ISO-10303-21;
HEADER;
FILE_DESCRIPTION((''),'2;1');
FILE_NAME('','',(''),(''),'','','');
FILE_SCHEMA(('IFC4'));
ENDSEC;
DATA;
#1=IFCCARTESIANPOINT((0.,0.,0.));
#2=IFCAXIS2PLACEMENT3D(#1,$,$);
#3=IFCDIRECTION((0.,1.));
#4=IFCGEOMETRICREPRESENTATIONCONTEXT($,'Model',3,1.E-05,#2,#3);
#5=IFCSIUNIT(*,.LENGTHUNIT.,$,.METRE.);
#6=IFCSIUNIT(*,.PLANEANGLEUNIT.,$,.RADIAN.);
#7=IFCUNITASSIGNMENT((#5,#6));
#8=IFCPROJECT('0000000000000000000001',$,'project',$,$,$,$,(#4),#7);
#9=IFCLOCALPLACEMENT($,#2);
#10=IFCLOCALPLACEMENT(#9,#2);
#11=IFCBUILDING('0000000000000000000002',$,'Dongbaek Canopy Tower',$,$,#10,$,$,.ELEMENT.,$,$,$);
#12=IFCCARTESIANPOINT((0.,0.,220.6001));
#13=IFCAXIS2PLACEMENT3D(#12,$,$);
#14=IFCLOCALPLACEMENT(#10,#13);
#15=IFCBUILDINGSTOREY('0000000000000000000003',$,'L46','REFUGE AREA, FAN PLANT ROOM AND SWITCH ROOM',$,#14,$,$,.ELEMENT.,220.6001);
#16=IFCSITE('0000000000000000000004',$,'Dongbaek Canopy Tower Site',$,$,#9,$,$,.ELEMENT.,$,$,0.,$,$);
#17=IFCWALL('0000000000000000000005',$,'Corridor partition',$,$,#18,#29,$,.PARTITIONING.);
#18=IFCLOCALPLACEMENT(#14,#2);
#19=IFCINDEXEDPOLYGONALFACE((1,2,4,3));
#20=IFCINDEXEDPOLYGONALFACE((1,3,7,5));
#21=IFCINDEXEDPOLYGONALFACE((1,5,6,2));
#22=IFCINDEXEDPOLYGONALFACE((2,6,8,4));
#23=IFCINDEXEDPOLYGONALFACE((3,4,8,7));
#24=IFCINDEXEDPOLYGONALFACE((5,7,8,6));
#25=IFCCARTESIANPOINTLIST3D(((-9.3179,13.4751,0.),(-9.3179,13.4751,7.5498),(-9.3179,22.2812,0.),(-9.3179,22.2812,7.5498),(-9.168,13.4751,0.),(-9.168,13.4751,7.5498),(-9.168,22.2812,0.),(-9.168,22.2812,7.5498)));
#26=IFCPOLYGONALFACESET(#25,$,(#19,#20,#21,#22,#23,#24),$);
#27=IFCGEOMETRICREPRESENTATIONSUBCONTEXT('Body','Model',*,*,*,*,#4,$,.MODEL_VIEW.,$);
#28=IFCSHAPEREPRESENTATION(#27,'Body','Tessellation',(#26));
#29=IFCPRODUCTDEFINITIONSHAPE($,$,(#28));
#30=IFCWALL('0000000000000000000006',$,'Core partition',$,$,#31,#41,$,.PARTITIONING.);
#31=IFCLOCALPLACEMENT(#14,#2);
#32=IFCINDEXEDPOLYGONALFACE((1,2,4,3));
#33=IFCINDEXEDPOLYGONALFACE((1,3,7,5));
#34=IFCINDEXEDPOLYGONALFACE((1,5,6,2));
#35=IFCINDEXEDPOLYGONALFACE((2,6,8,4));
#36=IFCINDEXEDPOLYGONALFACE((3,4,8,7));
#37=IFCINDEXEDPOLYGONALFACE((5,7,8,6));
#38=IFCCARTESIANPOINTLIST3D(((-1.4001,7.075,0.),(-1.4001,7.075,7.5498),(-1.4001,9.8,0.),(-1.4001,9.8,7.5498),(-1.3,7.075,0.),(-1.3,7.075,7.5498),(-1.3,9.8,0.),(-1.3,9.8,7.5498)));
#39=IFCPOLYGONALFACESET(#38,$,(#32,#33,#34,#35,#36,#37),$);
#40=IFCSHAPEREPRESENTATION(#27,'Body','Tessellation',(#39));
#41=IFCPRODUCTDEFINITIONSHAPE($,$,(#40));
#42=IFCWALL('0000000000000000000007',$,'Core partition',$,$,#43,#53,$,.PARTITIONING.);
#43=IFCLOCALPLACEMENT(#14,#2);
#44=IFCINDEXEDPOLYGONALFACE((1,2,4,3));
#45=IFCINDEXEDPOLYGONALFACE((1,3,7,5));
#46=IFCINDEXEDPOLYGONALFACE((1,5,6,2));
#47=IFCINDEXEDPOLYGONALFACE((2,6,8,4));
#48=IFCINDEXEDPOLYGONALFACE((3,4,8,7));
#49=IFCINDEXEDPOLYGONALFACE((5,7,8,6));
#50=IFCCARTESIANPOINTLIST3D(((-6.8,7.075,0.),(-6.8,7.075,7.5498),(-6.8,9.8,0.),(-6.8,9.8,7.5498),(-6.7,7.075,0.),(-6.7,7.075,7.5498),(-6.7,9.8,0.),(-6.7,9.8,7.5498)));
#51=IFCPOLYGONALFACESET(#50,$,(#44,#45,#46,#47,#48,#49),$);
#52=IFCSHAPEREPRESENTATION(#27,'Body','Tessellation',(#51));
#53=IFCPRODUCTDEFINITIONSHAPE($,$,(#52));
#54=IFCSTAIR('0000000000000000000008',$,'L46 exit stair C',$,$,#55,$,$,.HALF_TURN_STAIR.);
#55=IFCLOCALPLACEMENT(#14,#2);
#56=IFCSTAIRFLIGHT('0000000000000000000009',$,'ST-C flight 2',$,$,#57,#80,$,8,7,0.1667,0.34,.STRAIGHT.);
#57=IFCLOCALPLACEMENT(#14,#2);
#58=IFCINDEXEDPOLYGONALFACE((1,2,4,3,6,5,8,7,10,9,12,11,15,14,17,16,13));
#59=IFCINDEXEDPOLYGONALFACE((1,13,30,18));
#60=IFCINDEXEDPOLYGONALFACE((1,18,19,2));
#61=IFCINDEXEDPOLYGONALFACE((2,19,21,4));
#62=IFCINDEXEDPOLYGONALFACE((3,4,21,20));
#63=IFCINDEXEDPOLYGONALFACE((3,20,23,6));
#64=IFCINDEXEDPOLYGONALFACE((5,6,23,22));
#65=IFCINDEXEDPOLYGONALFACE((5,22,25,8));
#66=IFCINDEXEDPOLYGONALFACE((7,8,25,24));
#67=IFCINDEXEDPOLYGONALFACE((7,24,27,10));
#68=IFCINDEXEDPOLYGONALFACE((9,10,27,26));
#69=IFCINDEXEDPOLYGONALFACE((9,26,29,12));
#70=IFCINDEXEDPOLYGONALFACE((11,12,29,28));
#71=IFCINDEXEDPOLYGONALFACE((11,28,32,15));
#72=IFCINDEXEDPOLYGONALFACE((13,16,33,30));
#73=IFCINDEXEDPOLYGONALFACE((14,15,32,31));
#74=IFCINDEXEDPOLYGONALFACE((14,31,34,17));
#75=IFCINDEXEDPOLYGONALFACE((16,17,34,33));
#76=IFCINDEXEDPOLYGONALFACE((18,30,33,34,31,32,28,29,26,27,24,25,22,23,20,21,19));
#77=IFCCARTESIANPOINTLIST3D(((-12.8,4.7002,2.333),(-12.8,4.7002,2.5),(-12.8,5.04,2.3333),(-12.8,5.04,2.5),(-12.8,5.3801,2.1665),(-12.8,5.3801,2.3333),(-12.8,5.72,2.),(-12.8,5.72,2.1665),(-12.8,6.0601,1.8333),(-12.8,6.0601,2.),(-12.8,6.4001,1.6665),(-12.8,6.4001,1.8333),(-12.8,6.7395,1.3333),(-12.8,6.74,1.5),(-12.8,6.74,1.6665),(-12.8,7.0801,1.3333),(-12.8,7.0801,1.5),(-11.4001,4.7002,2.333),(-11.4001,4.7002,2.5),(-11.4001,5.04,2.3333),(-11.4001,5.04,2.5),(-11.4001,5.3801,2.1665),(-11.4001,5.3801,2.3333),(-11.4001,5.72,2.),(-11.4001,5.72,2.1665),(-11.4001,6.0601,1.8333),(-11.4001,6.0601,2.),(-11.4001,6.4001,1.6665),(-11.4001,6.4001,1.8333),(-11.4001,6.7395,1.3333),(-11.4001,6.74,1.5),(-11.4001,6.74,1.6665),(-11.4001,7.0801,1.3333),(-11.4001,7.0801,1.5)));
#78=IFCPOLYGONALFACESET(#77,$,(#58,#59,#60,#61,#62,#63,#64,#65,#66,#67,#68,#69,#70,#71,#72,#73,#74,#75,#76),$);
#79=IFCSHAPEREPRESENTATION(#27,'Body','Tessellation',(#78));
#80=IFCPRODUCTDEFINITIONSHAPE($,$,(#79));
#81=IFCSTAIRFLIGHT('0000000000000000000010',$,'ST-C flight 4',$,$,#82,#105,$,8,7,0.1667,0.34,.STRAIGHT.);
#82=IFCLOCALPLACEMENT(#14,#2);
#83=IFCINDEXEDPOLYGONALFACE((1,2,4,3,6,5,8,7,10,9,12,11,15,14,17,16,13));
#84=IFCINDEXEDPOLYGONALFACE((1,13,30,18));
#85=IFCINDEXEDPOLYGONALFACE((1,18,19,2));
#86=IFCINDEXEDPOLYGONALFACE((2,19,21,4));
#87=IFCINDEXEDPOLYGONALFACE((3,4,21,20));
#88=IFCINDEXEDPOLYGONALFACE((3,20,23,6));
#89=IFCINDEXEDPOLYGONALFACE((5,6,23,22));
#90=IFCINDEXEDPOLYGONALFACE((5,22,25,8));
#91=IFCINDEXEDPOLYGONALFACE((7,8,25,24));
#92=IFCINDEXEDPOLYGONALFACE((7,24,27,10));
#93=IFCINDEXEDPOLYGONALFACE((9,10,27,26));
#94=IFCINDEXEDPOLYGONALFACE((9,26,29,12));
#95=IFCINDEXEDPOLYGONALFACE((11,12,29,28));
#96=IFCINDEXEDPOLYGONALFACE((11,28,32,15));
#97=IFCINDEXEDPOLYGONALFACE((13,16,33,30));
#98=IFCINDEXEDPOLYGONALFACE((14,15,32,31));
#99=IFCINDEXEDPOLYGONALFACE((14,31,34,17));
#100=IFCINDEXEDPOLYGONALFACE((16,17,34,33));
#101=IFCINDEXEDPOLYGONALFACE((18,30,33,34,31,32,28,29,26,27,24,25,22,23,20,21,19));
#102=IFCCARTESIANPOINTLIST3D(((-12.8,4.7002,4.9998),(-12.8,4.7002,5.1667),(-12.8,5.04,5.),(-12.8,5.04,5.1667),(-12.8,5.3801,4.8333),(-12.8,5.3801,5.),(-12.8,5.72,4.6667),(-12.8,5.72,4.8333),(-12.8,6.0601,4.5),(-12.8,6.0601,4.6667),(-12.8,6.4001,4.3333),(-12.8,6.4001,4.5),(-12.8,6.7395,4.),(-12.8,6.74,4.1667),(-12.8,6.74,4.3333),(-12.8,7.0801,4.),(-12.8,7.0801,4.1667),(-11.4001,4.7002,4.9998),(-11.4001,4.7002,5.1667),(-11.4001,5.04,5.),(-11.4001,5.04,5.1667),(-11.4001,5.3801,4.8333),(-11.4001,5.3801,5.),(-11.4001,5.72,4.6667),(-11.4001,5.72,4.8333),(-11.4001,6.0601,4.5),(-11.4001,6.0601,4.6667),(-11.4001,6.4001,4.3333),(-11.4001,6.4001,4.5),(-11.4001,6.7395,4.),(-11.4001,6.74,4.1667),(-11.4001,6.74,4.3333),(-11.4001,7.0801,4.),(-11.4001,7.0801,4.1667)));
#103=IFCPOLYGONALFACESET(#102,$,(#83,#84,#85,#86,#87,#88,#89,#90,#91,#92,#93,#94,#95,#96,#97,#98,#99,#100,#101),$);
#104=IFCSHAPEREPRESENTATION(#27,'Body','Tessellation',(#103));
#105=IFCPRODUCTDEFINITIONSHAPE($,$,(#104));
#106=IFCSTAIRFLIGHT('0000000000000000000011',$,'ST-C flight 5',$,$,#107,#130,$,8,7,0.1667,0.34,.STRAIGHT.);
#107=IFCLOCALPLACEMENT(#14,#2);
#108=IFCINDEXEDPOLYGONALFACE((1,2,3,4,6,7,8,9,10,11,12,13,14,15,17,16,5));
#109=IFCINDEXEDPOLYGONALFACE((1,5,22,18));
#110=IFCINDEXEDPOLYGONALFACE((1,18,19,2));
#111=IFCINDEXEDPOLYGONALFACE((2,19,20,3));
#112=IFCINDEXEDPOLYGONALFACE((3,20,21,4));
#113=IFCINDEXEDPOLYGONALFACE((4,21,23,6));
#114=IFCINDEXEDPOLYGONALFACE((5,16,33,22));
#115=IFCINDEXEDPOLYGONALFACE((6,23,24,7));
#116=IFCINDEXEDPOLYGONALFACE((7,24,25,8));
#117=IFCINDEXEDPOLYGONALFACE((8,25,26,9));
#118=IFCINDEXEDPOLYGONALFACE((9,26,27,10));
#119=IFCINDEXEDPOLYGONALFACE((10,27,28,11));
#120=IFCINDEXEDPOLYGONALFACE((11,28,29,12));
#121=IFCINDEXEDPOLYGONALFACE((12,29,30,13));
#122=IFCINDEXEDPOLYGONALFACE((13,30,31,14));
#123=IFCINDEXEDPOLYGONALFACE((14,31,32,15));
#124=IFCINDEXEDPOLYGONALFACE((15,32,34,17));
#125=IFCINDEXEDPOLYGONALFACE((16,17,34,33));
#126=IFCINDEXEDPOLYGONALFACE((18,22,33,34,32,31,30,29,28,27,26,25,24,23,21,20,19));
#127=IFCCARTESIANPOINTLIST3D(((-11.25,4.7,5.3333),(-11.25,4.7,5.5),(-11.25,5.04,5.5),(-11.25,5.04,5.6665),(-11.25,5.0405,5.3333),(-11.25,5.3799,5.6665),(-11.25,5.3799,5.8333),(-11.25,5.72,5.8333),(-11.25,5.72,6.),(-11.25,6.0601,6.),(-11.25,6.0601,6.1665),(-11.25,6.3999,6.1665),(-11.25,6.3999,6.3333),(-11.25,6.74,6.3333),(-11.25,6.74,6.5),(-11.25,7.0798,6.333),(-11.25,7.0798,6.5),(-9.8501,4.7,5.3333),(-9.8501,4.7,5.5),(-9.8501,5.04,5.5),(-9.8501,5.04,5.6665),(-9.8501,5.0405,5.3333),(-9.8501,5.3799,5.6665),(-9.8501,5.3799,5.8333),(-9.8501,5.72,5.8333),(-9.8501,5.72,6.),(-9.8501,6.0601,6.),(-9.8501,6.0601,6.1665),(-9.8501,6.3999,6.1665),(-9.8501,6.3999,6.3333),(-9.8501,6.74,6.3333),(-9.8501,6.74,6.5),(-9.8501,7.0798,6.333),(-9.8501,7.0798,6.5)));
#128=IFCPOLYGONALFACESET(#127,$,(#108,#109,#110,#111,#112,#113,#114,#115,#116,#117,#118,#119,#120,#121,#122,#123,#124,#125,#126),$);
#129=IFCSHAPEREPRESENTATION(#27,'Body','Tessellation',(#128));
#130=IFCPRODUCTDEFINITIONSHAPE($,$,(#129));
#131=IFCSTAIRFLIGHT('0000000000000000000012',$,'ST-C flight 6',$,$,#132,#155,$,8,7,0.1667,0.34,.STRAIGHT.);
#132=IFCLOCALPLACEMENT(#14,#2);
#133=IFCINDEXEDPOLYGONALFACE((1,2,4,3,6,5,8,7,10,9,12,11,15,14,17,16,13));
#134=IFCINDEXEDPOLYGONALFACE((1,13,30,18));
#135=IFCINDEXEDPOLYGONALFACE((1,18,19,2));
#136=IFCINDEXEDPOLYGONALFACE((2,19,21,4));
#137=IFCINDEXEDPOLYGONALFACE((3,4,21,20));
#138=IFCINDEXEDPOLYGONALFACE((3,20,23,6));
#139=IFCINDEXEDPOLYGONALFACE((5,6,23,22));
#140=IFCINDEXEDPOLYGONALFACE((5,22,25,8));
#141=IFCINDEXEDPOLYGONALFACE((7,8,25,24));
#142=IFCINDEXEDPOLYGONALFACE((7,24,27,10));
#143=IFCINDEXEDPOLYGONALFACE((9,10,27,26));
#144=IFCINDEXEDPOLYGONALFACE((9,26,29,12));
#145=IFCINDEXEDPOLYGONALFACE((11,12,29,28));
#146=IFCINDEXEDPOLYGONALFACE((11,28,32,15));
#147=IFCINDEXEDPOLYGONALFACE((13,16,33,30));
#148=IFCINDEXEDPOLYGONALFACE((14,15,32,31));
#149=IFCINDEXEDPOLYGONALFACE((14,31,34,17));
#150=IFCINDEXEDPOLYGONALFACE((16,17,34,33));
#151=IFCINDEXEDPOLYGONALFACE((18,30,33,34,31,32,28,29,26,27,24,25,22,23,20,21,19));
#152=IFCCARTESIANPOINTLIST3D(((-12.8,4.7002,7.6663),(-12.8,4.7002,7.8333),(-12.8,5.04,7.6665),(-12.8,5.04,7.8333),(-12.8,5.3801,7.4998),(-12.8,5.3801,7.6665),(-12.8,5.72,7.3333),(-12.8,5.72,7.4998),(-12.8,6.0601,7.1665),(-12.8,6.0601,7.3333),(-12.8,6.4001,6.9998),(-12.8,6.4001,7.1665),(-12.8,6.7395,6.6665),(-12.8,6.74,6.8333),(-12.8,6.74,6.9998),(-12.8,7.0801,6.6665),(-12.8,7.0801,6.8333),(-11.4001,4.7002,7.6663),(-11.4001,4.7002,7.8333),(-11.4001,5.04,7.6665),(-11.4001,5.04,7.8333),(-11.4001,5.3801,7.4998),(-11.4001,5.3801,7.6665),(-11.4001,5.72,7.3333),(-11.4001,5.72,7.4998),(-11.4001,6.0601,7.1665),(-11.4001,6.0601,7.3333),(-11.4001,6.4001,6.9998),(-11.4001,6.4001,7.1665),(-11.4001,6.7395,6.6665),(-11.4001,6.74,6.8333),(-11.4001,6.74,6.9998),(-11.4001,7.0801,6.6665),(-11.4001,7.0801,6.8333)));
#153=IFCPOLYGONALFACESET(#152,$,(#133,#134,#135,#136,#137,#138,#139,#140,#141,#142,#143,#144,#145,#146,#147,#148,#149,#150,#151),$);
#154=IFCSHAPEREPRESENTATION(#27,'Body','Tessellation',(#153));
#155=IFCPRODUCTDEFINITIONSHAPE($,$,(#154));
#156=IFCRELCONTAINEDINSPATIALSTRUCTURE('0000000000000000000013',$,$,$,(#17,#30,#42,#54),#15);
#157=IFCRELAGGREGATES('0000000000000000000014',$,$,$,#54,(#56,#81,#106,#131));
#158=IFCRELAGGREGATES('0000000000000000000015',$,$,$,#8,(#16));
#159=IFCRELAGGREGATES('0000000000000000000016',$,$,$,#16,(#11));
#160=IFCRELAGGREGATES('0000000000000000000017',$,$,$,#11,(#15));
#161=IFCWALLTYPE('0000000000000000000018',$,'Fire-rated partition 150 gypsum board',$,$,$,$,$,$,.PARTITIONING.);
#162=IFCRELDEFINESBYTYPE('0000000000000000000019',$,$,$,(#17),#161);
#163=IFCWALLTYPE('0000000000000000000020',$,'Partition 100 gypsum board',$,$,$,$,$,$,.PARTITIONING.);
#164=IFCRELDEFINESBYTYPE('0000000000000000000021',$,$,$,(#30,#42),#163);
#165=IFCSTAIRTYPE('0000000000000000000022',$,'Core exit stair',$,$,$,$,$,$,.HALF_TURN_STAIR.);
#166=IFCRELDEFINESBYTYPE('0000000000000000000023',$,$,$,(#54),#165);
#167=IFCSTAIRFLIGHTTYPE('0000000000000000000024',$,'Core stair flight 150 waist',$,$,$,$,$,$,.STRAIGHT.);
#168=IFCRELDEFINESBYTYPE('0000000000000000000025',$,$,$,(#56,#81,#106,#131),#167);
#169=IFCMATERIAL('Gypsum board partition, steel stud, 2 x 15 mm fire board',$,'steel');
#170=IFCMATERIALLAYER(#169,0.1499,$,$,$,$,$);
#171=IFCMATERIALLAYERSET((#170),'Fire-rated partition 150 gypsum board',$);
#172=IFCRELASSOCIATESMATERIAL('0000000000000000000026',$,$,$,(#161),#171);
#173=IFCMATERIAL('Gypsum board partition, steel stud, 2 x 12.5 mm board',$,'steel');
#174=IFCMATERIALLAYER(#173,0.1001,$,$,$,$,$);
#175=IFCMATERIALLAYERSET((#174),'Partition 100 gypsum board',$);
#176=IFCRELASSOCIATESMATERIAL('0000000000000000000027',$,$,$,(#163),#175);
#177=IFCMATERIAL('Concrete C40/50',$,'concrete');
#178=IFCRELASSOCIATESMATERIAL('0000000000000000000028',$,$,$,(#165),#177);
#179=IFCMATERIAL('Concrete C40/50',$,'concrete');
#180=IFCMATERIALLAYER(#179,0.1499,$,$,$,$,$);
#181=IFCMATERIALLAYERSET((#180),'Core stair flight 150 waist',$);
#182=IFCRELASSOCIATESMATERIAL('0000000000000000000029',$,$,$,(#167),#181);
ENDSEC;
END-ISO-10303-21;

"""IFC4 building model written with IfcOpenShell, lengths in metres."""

from ifc_helpers import new_model, si_unit, direction, frame, frame_2d, origin, place, context, subcontext, project, spatial, polyline, rectangle, outline, extrude, material, layer, layer_set, type_object, element, aggregate, save


model = new_model("IFC4")

# Units and contexts
model_context = context("Model", 3, precision=1e-05, world=origin(), true_north=direction((0.0, 1.0)))
body_context = subcontext(model_context, "Body", "Model", "MODEL_VIEW")
ifc_project = project(units=[si_unit("LENGTHUNIT", "METRE"), si_unit("PLANEANGLEUNIT", "RADIAN")], contexts=[model_context])

# Site, building, storey
site_placement = place(None, origin())
site = spatial("IfcSite", under=ifc_project, at=site_placement, Name="Dongbaek Canopy Tower Site", CompositionType="ELEMENT", RefElevation=0.0)
building_placement = place(site_placement, origin())
building = spatial("IfcBuilding", under=site, at=building_placement, Name="Dongbaek Canopy Tower", CompositionType="ELEMENT")
storey_placement = place(building_placement, frame((0.0, 0.0, 220.6001)))
storey = spatial("IfcBuildingStorey", under=building, at=storey_placement, Name="L46", Description="REFUGE AREA, FAN PLANT ROOM AND SWITCH ROOM", CompositionType="ELEMENT", Elevation=220.6001)

# Walls
ifc_material_1 = material(Name="Gypsum board partition, steel stud, 2 x 15 mm fire board", Category="steel")
ifc_layer_1 = layer(ifc_material_1, 0.1499)
ifc_layer_set_1 = layer_set([ifc_layer_1], Name="Fire-rated partition 150 gypsum board")
wall_type_1 = type_object("IfcWallType", Name="Fire-rated partition 150 gypsum board", PredefinedType="PARTITIONING", material=ifc_layer_set_1)
wall_1_placement = place(storey_placement, frame((-9.2429, 13.4751, 0.0), z_axis=(0.0, 0.0, 1.0), x_axis=(0.0, 1.0, 0.0)))
element("IfcWall", 1, at=wall_1_placement, inside=storey, type_object=wall_type_1, Name="Corridor partition", PredefinedType="PARTITIONING", context=body_context, shape_type="SweptSolid", body=[
    extrude(rectangle(XDim=8.8062, YDim=0.1499, at=frame_2d((4.4031, 0.0))), origin(), (0.0, 0.0, 1.0), 7.5498),
])
ifc_material_2 = material(Name="Gypsum board partition, steel stud, 2 x 12.5 mm board", Category="steel")
ifc_layer_2 = layer(ifc_material_2, 0.1001)
ifc_layer_set_2 = layer_set([ifc_layer_2], Name="Partition 100 gypsum board")
wall_type_2 = type_object("IfcWallType", Name="Partition 100 gypsum board", PredefinedType="PARTITIONING", material=ifc_layer_set_2)
for number, where, z_axis, x_axis, name in (
    (2, (-1.3501, 7.075, 0.0), (0.0, 0.0, 1.0), (0.0, 1.0, 0.0), "Core partition"),
    (3, (-6.75, 7.075, 0.0), (0.0, 0.0, 1.0), (0.0, 1.0, 0.0), "Core partition"),
):
    element("IfcWall", number, at=place(storey_placement, frame(where, z_axis=z_axis, x_axis=x_axis)), inside=storey, type_object=wall_type_2, Name=name, PredefinedType="PARTITIONING", context=body_context, shape_type="SweptSolid", body=[
        extrude(rectangle(XDim=2.7251, YDim=0.1001, at=frame_2d((1.3625, 0.0))), origin(), (0.0, 0.0, 1.0), 7.5498),
    ])

# Stair, stair flights
ifc_material_3 = material(Name="Concrete C40/50", Category="concrete")
stair_type = type_object("IfcStairType", Name="Core exit stair", PredefinedType="HALF_TURN_STAIR", material=ifc_material_3)
stair_placement = place(storey_placement, origin())
stair = element("IfcStair", 4, at=stair_placement, inside=storey, type_object=stair_type, Name="L46 exit stair C", PredefinedType="HALF_TURN_STAIR")
ifc_material_4 = material(Name="Concrete C40/50", Category="concrete")
ifc_layer_3 = layer(ifc_material_4, 0.1499)
ifc_layer_set_3 = layer_set([ifc_layer_3], Name="Core stair flight 150 waist")
stair_flight_type = type_object("IfcStairFlightType", Name="Core stair flight 150 waist", PredefinedType="STRAIGHT", material=ifc_layer_set_3)
stair_flight_1_placement = place(storey_placement, frame((-12.1001, 7.0801, 1.3333), z_axis=(0.0, 0.0, 1.0), x_axis=(0.0, -1.0, 0.0)))
stair_flight_1 = element("IfcStairFlight", 5, at=stair_flight_1_placement, type_object=stair_flight_type, Name="ST-C flight 2", NumberOfRisers=8, NumberOfTreads=7, PredefinedType="STRAIGHT", RiserHeight=0.1667, TreadLength=0.34, context=body_context, shape_type="SweptSolid", body=[
    extrude(outline(polyline([(0.0, 0.0), (0.0, 0.1667), (0.3401, 0.1667), (0.3401, 0.3333), (0.6799, 0.3333), (0.6799, 0.5), (1.02, 0.5), (1.02, 0.6667), (1.3601, 0.6667), (1.3601, 0.8333), (1.7, 0.8333), (1.7, 1.0), (2.04, 1.0), (2.04, 1.1667), (2.3799, 1.1667), (2.3799, 1.3333), (2.3799, 0.9998), (0.3406, 0.0), (0.0, 0.0)])), frame((0.0, 0.7, 0.0), z_axis=(0.0, -1.0, 0.0), x_axis=(1.0, 0.0, 0.0)), (0.0, 0.0, 1.0), 1.3999),
])
stair_flight_2_placement = place(storey_placement, frame((-12.1001, 7.0801, 4.0), z_axis=(0.0, 0.0, 1.0), x_axis=(0.0, -1.0, 0.0)))
stair_flight_2 = element("IfcStairFlight", 6, at=stair_flight_2_placement, type_object=stair_flight_type, Name="ST-C flight 4", NumberOfRisers=8, NumberOfTreads=7, PredefinedType="STRAIGHT", RiserHeight=0.1667, TreadLength=0.34, context=body_context, shape_type="SweptSolid", body=[
    extrude(outline(polyline([(0.0, 0.0), (0.0, 0.1667), (0.3401, 0.1667), (0.3401, 0.3333), (0.6799, 0.3333), (0.6799, 0.5), (1.02, 0.5), (1.02, 0.6667), (1.3601, 0.6667), (1.3601, 0.8333), (1.7, 0.8333), (1.7, 1.0), (2.04, 1.0), (2.04, 1.1667), (2.3799, 1.1667), (2.3799, 1.3333), (2.3799, 0.9998), (0.3406, 0.0), (0.0, 0.0)])), frame((0.0, 0.7, 0.0), z_axis=(0.0, -1.0, 0.0), x_axis=(1.0, 0.0, 0.0)), (0.0, 0.0, 1.0), 1.3999),
])
stair_flight_3_placement = place(storey_placement, frame((-10.55, 4.7, 5.3333), z_axis=(0.0, 0.0, 1.0), x_axis=(0.0, 1.0, 0.0)))
stair_flight_3 = element("IfcStairFlight", 7, at=stair_flight_3_placement, type_object=stair_flight_type, Name="ST-C flight 5", NumberOfRisers=8, NumberOfTreads=7, PredefinedType="STRAIGHT", RiserHeight=0.1667, TreadLength=0.34, context=body_context, shape_type="SweptSolid", body=[
    extrude(outline(polyline([(0.0, 0.0), (0.0, 0.1667), (0.3401, 0.1667), (0.3401, 0.3333), (0.6799, 0.3333), (0.6799, 0.5), (1.02, 0.5), (1.02, 0.6667), (1.3601, 0.6667), (1.3601, 0.8333), (1.7, 0.8333), (1.7, 1.0), (2.04, 1.0), (2.04, 1.1667), (2.3799, 1.1667), (2.3799, 1.3333), (2.3799, 0.9998), (0.3406, 0.0), (0.0, 0.0)])), frame((0.0, 0.7, 0.0), z_axis=(0.0, -1.0, 0.0), x_axis=(1.0, 0.0, 0.0)), (0.0, 0.0, 1.0), 1.3999),
])
stair_flight_4_placement = place(storey_placement, frame((-12.1001, 7.0801, 6.6665), z_axis=(0.0, 0.0, 1.0), x_axis=(0.0, -1.0, 0.0)))
stair_flight_4 = element("IfcStairFlight", 8, at=stair_flight_4_placement, type_object=stair_flight_type, Name="ST-C flight 6", NumberOfRisers=8, NumberOfTreads=7, PredefinedType="STRAIGHT", RiserHeight=0.1667, TreadLength=0.34, context=body_context, shape_type="SweptSolid", body=[
    extrude(outline(polyline([(0.0, 0.0), (0.0, 0.1667), (0.3401, 0.1667), (0.3401, 0.3333), (0.6799, 0.3333), (0.6799, 0.5), (1.02, 0.5), (1.02, 0.6667), (1.3601, 0.6667), (1.3601, 0.8333), (1.7, 0.8333), (1.7, 1.0), (2.04, 1.0), (2.04, 1.1667), (2.3799, 1.1667), (2.3799, 1.3333), (2.3799, 0.9998), (0.3406, 0.0), (0.0, 0.0)])), frame((0.0, 0.7, 0.0), z_axis=(0.0, -1.0, 0.0), x_axis=(1.0, 0.0, 0.0)), (0.0, 0.0, 1.0), 1.3999),
])
aggregate(stair, [stair_flight_1, stair_flight_2, stair_flight_3, stair_flight_4])

save(model, "model.ifc")
